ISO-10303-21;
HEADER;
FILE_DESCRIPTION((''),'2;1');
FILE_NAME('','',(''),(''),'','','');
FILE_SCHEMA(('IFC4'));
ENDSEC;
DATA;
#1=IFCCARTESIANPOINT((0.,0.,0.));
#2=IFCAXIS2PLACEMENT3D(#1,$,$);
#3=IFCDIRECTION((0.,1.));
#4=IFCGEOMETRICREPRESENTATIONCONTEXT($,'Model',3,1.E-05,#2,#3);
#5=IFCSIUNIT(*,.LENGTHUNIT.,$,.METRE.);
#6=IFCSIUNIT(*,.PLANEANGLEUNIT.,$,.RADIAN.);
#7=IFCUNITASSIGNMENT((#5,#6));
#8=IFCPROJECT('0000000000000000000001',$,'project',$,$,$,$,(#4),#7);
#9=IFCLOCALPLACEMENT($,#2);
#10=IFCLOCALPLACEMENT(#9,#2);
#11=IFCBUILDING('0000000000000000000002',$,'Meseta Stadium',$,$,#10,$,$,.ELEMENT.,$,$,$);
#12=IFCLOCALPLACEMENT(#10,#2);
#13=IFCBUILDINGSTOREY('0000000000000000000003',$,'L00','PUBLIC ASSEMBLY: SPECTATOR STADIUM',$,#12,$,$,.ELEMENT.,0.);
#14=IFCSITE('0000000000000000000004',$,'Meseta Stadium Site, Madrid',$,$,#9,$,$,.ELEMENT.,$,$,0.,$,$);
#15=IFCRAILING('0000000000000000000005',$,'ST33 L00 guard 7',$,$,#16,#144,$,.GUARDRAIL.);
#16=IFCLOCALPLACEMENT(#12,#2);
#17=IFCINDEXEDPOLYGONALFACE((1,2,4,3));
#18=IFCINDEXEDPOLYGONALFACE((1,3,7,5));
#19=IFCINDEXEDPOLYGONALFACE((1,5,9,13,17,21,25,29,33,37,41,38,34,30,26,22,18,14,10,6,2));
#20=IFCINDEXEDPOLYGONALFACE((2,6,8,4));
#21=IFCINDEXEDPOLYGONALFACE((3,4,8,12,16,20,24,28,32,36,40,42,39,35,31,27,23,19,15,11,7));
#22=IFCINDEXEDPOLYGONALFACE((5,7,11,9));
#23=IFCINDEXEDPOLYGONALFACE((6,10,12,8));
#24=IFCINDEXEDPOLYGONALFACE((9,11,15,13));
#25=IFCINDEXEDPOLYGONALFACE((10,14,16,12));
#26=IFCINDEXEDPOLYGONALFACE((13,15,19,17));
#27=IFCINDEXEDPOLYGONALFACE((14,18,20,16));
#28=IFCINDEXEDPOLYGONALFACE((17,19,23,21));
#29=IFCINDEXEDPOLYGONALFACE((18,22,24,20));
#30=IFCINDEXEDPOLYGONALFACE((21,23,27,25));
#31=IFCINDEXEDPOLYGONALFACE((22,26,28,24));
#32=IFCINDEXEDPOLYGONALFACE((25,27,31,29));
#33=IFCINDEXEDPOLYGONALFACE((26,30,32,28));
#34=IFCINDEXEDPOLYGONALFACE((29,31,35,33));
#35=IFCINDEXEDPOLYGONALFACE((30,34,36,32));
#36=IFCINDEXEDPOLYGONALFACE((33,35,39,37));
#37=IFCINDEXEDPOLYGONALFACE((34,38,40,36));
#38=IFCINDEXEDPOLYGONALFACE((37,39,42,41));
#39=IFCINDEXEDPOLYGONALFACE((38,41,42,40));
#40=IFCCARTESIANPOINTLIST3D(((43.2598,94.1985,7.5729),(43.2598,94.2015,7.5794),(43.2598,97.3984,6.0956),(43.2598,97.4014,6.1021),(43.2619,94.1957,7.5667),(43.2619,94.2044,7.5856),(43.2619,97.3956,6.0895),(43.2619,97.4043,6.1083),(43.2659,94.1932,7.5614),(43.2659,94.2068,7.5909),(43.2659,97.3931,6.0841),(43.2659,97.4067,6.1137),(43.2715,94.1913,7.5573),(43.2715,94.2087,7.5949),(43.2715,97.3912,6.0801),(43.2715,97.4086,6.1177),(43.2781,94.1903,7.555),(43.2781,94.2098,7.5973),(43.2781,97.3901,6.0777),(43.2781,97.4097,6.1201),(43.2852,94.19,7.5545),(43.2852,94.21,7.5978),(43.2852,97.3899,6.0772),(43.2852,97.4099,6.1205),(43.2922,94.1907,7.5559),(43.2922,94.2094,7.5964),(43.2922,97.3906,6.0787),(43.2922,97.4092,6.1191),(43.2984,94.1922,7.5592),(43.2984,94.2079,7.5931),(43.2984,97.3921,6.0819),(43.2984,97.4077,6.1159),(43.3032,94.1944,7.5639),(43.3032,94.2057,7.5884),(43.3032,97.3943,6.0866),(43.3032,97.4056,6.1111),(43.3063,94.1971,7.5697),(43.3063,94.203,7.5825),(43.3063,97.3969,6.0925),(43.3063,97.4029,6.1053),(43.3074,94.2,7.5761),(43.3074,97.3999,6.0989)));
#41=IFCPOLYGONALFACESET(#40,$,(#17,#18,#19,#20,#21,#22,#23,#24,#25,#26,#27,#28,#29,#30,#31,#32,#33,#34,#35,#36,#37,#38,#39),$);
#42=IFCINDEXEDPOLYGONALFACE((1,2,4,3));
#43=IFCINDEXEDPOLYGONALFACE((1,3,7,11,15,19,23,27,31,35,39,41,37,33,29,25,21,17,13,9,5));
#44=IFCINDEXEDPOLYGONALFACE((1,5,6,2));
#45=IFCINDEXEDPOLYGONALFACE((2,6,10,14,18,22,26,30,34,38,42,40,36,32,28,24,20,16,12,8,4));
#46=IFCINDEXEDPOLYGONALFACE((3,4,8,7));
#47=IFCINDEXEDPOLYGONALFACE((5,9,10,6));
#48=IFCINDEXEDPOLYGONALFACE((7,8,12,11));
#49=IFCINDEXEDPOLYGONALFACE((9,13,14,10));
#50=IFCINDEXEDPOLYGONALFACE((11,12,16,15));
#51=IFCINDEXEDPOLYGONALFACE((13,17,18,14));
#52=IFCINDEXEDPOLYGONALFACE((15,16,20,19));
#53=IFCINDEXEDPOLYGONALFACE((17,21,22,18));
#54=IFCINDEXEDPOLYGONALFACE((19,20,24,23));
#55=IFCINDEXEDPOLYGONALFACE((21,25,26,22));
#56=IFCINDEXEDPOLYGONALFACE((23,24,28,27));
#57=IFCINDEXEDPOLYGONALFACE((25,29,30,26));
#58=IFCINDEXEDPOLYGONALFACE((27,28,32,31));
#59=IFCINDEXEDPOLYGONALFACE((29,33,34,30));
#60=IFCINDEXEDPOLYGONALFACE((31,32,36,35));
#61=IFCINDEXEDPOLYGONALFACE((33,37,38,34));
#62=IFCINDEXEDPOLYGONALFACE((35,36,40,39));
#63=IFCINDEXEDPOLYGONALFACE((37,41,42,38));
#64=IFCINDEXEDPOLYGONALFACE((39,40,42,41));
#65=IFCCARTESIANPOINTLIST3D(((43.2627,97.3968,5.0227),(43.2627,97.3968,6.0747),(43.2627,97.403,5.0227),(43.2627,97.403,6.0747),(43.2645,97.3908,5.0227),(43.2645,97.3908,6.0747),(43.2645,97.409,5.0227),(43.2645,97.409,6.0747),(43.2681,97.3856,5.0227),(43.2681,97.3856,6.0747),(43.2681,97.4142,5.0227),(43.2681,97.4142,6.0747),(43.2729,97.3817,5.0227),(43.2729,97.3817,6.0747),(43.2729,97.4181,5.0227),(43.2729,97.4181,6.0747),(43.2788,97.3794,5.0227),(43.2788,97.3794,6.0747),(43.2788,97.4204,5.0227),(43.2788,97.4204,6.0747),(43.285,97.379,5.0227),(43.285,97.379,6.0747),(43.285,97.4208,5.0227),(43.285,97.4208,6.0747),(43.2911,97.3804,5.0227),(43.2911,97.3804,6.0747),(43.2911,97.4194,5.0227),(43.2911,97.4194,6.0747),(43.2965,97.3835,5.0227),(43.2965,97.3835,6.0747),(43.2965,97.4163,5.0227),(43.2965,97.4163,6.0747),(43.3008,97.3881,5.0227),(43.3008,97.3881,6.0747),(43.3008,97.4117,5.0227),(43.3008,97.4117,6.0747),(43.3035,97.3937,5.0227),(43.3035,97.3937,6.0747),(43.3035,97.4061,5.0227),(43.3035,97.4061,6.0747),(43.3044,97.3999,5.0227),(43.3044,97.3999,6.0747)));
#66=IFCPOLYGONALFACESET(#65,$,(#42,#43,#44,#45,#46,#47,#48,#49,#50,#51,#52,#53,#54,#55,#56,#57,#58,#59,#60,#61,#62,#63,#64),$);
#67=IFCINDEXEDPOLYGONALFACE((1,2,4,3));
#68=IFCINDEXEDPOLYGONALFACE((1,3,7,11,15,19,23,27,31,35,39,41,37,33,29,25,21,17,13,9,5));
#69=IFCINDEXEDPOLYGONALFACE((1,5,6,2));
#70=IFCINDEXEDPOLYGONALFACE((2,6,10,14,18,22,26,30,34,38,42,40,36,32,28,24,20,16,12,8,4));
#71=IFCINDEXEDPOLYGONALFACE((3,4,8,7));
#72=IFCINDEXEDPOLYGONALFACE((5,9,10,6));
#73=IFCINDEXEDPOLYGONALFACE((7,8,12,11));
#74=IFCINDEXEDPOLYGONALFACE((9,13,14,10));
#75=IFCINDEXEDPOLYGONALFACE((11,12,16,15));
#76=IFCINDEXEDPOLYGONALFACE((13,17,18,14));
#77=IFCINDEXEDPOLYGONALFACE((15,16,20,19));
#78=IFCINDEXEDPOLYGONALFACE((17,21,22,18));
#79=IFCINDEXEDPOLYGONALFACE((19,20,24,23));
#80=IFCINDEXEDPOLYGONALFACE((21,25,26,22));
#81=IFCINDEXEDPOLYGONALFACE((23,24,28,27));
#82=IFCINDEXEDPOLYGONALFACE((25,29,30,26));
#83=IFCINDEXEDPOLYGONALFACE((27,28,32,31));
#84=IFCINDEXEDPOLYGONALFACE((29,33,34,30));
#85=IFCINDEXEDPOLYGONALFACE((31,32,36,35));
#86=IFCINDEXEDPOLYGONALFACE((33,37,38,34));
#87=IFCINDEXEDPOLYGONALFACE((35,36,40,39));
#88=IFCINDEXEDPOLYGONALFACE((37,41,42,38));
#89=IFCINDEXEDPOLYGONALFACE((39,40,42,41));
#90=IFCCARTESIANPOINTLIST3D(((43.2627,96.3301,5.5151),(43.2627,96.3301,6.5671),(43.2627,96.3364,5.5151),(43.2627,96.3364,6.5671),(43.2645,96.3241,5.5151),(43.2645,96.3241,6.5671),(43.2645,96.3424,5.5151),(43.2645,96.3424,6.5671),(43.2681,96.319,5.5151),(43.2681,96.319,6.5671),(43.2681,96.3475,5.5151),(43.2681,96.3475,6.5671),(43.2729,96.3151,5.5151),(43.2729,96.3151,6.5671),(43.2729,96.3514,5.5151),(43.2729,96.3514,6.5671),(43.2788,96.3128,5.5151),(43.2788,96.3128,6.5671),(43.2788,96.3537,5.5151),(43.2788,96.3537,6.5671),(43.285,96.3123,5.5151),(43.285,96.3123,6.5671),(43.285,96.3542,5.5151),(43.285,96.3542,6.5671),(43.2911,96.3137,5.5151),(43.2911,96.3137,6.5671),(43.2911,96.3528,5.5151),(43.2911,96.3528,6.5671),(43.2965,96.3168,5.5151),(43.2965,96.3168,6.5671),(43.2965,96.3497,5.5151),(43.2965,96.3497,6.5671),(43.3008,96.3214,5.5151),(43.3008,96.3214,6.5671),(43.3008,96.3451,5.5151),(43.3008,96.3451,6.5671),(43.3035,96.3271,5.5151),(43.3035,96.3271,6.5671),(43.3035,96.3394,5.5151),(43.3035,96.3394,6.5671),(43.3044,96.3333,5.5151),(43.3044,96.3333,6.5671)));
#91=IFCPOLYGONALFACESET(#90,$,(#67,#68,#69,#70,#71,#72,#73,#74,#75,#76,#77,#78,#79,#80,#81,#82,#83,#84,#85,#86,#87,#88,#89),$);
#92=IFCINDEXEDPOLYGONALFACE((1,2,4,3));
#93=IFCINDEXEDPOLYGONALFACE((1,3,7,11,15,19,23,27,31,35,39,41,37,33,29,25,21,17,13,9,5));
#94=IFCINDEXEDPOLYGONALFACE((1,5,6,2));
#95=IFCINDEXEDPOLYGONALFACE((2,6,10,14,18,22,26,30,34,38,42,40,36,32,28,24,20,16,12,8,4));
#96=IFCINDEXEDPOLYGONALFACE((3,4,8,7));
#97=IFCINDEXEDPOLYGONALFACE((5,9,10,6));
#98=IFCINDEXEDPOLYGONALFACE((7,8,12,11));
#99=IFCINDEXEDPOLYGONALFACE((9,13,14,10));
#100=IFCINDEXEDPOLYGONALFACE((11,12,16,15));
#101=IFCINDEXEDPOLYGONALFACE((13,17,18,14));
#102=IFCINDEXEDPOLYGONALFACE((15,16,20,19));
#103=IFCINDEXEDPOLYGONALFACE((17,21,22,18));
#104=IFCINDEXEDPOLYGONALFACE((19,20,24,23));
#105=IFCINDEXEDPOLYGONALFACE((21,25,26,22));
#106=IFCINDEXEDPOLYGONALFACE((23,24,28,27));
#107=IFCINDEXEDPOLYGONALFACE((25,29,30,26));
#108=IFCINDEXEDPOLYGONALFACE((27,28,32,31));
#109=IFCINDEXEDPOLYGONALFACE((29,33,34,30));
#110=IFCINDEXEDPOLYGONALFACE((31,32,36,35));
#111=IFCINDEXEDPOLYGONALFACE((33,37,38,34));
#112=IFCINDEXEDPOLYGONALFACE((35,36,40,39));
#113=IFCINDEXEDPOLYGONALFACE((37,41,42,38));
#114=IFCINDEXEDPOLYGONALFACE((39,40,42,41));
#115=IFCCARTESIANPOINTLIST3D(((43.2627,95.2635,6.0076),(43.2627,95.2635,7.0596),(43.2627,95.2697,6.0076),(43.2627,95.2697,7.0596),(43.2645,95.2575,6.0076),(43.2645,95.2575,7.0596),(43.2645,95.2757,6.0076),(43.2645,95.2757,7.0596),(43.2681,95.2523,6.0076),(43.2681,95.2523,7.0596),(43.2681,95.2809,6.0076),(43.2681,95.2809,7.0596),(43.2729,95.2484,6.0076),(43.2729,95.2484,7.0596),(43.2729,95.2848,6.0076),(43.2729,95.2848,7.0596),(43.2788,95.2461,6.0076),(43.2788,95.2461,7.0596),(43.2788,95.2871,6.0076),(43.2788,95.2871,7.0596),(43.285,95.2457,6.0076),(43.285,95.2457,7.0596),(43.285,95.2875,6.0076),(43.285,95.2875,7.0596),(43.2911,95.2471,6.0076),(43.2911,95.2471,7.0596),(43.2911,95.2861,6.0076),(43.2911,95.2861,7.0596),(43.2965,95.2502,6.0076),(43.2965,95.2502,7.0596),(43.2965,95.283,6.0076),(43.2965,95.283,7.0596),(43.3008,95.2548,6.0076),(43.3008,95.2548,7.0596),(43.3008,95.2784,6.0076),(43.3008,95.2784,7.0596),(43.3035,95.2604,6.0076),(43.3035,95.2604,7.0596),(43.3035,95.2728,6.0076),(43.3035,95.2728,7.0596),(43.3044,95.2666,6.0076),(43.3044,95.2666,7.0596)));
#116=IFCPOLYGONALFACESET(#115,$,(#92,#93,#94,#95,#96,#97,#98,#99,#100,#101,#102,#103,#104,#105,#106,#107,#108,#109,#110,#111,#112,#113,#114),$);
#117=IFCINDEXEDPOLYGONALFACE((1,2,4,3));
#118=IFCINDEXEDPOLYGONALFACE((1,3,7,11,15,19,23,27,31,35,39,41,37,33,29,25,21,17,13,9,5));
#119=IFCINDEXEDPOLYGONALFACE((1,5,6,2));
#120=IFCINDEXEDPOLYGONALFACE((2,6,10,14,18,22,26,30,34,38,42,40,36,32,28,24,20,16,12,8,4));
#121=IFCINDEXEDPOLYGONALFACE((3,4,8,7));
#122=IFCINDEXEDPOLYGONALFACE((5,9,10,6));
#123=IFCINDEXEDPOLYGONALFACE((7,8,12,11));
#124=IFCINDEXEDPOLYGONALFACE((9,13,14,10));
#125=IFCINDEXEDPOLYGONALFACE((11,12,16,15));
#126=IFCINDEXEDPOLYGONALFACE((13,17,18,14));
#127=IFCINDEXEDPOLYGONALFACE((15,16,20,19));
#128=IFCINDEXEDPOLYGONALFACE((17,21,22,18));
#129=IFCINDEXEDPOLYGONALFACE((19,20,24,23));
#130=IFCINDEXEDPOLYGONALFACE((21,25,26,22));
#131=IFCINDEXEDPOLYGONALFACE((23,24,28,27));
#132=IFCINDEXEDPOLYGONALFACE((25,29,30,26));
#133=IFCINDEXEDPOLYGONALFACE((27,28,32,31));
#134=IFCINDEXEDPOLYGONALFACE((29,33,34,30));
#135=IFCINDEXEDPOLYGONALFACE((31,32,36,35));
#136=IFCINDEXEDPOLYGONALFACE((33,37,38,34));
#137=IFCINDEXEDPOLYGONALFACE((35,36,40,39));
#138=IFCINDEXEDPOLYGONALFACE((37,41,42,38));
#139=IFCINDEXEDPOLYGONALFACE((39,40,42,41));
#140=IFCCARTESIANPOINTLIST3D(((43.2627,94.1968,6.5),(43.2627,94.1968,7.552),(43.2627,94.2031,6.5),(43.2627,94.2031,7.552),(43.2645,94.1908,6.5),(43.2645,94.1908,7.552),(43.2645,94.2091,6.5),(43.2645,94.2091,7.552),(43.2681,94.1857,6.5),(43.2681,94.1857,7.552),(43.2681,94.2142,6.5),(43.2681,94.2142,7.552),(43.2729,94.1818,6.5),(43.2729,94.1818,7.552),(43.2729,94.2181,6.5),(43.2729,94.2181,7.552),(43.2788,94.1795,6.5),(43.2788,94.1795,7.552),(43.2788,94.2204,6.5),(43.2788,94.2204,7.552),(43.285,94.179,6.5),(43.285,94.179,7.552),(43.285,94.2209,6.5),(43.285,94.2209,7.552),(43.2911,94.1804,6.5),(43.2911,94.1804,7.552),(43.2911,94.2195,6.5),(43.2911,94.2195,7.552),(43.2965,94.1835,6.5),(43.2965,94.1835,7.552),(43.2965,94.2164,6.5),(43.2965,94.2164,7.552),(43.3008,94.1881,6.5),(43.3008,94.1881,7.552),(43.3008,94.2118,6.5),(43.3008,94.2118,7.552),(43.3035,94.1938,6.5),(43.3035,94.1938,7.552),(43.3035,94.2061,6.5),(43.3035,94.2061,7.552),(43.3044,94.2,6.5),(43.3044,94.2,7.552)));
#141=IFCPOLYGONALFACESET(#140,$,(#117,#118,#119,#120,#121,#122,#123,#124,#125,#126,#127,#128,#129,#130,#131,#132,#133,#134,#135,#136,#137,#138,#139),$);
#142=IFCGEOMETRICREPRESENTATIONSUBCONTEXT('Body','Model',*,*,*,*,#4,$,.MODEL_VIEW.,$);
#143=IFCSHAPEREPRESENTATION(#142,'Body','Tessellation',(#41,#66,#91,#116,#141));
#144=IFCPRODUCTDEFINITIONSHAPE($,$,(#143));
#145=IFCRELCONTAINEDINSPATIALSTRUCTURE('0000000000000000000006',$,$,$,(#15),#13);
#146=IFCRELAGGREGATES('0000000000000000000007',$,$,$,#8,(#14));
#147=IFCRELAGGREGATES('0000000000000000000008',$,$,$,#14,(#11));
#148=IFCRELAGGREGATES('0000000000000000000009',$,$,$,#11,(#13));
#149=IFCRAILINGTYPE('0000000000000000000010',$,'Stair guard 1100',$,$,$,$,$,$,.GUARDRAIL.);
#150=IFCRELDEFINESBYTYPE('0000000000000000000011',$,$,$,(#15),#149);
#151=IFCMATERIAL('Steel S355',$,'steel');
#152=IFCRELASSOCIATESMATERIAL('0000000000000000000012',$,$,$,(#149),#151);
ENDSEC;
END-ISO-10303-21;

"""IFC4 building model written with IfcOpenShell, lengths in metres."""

from ifc_helpers import new_model, si_unit, direction, frame, origin, origin_2d, place, context, subcontext, project, spatial, circle, extrude, material, type_object, element, save


model = new_model("IFC4")

# Units and contexts
model_context = context("Model", 3, precision=1e-05, world=origin(), true_north=direction((0.0, 1.0)))
body_context = subcontext(model_context, "Body", "Model", "MODEL_VIEW")
ifc_project = project(units=[si_unit("LENGTHUNIT", "METRE"), si_unit("PLANEANGLEUNIT", "RADIAN")], contexts=[model_context])

# Site, building, storey
site_placement = place(None, origin())
site = spatial("IfcSite", under=ifc_project, at=site_placement, Name="Meseta Stadium Site, Madrid", CompositionType="ELEMENT", RefElevation=0.0)
building_placement = place(site_placement, origin())
building = spatial("IfcBuilding", under=site, at=building_placement, Name="Meseta Stadium", CompositionType="ELEMENT")
storey_placement = place(building_placement, origin())
storey = spatial("IfcBuildingStorey", under=building, at=storey_placement, Name="L00", Description="PUBLIC ASSEMBLY: SPECTATOR STADIUM", CompositionType="ELEMENT", Elevation=0.0)

# Railing
ifc_material_1 = material(Name="Steel S355", Category="steel")
railing_type_1 = type_object("IfcRailingType", Name="Stair guard 1100", PredefinedType="GUARDRAIL", material=ifc_material_1)
railing_1_placement = place(storey_placement, frame((43.2834, 97.3999, 5.0227)))
element("IfcRailing", 1, at=railing_1_placement, inside=storey, type_object=railing_type_1, Name="ST33 L00 guard 7", PredefinedType="GUARDRAIL", context=body_context, shape_type="SweptSolid", body=[
    extrude(circle(Radius=0.0239, at=origin_2d()), frame((0.0, 0.0, 1.0762), z_axis=(0.0, -0.907917, 0.41915), x_axis=(1.0, 0.0, 0.0)), (0.0, 0.0, 1.0), 3.5244),
    extrude(circle(Radius=0.021, at=origin_2d()), origin(), (0.0, 0.0, 1.0), 1.052),
    extrude(circle(Radius=0.021, at=origin_2d()), frame((0.0, -1.0667, 0.4924)), (0.0, 0.0, 1.0), 1.052),
    extrude(circle(Radius=0.021, at=origin_2d()), frame((0.0, -2.1333, 0.9849)), (0.0, 0.0, 1.0), 1.052),
    extrude(circle(Radius=0.021, at=origin_2d()), frame((0.0, -3.2, 1.4773)), (0.0, 0.0, 1.0), 1.052),
])

save(model, "model.ifc")
